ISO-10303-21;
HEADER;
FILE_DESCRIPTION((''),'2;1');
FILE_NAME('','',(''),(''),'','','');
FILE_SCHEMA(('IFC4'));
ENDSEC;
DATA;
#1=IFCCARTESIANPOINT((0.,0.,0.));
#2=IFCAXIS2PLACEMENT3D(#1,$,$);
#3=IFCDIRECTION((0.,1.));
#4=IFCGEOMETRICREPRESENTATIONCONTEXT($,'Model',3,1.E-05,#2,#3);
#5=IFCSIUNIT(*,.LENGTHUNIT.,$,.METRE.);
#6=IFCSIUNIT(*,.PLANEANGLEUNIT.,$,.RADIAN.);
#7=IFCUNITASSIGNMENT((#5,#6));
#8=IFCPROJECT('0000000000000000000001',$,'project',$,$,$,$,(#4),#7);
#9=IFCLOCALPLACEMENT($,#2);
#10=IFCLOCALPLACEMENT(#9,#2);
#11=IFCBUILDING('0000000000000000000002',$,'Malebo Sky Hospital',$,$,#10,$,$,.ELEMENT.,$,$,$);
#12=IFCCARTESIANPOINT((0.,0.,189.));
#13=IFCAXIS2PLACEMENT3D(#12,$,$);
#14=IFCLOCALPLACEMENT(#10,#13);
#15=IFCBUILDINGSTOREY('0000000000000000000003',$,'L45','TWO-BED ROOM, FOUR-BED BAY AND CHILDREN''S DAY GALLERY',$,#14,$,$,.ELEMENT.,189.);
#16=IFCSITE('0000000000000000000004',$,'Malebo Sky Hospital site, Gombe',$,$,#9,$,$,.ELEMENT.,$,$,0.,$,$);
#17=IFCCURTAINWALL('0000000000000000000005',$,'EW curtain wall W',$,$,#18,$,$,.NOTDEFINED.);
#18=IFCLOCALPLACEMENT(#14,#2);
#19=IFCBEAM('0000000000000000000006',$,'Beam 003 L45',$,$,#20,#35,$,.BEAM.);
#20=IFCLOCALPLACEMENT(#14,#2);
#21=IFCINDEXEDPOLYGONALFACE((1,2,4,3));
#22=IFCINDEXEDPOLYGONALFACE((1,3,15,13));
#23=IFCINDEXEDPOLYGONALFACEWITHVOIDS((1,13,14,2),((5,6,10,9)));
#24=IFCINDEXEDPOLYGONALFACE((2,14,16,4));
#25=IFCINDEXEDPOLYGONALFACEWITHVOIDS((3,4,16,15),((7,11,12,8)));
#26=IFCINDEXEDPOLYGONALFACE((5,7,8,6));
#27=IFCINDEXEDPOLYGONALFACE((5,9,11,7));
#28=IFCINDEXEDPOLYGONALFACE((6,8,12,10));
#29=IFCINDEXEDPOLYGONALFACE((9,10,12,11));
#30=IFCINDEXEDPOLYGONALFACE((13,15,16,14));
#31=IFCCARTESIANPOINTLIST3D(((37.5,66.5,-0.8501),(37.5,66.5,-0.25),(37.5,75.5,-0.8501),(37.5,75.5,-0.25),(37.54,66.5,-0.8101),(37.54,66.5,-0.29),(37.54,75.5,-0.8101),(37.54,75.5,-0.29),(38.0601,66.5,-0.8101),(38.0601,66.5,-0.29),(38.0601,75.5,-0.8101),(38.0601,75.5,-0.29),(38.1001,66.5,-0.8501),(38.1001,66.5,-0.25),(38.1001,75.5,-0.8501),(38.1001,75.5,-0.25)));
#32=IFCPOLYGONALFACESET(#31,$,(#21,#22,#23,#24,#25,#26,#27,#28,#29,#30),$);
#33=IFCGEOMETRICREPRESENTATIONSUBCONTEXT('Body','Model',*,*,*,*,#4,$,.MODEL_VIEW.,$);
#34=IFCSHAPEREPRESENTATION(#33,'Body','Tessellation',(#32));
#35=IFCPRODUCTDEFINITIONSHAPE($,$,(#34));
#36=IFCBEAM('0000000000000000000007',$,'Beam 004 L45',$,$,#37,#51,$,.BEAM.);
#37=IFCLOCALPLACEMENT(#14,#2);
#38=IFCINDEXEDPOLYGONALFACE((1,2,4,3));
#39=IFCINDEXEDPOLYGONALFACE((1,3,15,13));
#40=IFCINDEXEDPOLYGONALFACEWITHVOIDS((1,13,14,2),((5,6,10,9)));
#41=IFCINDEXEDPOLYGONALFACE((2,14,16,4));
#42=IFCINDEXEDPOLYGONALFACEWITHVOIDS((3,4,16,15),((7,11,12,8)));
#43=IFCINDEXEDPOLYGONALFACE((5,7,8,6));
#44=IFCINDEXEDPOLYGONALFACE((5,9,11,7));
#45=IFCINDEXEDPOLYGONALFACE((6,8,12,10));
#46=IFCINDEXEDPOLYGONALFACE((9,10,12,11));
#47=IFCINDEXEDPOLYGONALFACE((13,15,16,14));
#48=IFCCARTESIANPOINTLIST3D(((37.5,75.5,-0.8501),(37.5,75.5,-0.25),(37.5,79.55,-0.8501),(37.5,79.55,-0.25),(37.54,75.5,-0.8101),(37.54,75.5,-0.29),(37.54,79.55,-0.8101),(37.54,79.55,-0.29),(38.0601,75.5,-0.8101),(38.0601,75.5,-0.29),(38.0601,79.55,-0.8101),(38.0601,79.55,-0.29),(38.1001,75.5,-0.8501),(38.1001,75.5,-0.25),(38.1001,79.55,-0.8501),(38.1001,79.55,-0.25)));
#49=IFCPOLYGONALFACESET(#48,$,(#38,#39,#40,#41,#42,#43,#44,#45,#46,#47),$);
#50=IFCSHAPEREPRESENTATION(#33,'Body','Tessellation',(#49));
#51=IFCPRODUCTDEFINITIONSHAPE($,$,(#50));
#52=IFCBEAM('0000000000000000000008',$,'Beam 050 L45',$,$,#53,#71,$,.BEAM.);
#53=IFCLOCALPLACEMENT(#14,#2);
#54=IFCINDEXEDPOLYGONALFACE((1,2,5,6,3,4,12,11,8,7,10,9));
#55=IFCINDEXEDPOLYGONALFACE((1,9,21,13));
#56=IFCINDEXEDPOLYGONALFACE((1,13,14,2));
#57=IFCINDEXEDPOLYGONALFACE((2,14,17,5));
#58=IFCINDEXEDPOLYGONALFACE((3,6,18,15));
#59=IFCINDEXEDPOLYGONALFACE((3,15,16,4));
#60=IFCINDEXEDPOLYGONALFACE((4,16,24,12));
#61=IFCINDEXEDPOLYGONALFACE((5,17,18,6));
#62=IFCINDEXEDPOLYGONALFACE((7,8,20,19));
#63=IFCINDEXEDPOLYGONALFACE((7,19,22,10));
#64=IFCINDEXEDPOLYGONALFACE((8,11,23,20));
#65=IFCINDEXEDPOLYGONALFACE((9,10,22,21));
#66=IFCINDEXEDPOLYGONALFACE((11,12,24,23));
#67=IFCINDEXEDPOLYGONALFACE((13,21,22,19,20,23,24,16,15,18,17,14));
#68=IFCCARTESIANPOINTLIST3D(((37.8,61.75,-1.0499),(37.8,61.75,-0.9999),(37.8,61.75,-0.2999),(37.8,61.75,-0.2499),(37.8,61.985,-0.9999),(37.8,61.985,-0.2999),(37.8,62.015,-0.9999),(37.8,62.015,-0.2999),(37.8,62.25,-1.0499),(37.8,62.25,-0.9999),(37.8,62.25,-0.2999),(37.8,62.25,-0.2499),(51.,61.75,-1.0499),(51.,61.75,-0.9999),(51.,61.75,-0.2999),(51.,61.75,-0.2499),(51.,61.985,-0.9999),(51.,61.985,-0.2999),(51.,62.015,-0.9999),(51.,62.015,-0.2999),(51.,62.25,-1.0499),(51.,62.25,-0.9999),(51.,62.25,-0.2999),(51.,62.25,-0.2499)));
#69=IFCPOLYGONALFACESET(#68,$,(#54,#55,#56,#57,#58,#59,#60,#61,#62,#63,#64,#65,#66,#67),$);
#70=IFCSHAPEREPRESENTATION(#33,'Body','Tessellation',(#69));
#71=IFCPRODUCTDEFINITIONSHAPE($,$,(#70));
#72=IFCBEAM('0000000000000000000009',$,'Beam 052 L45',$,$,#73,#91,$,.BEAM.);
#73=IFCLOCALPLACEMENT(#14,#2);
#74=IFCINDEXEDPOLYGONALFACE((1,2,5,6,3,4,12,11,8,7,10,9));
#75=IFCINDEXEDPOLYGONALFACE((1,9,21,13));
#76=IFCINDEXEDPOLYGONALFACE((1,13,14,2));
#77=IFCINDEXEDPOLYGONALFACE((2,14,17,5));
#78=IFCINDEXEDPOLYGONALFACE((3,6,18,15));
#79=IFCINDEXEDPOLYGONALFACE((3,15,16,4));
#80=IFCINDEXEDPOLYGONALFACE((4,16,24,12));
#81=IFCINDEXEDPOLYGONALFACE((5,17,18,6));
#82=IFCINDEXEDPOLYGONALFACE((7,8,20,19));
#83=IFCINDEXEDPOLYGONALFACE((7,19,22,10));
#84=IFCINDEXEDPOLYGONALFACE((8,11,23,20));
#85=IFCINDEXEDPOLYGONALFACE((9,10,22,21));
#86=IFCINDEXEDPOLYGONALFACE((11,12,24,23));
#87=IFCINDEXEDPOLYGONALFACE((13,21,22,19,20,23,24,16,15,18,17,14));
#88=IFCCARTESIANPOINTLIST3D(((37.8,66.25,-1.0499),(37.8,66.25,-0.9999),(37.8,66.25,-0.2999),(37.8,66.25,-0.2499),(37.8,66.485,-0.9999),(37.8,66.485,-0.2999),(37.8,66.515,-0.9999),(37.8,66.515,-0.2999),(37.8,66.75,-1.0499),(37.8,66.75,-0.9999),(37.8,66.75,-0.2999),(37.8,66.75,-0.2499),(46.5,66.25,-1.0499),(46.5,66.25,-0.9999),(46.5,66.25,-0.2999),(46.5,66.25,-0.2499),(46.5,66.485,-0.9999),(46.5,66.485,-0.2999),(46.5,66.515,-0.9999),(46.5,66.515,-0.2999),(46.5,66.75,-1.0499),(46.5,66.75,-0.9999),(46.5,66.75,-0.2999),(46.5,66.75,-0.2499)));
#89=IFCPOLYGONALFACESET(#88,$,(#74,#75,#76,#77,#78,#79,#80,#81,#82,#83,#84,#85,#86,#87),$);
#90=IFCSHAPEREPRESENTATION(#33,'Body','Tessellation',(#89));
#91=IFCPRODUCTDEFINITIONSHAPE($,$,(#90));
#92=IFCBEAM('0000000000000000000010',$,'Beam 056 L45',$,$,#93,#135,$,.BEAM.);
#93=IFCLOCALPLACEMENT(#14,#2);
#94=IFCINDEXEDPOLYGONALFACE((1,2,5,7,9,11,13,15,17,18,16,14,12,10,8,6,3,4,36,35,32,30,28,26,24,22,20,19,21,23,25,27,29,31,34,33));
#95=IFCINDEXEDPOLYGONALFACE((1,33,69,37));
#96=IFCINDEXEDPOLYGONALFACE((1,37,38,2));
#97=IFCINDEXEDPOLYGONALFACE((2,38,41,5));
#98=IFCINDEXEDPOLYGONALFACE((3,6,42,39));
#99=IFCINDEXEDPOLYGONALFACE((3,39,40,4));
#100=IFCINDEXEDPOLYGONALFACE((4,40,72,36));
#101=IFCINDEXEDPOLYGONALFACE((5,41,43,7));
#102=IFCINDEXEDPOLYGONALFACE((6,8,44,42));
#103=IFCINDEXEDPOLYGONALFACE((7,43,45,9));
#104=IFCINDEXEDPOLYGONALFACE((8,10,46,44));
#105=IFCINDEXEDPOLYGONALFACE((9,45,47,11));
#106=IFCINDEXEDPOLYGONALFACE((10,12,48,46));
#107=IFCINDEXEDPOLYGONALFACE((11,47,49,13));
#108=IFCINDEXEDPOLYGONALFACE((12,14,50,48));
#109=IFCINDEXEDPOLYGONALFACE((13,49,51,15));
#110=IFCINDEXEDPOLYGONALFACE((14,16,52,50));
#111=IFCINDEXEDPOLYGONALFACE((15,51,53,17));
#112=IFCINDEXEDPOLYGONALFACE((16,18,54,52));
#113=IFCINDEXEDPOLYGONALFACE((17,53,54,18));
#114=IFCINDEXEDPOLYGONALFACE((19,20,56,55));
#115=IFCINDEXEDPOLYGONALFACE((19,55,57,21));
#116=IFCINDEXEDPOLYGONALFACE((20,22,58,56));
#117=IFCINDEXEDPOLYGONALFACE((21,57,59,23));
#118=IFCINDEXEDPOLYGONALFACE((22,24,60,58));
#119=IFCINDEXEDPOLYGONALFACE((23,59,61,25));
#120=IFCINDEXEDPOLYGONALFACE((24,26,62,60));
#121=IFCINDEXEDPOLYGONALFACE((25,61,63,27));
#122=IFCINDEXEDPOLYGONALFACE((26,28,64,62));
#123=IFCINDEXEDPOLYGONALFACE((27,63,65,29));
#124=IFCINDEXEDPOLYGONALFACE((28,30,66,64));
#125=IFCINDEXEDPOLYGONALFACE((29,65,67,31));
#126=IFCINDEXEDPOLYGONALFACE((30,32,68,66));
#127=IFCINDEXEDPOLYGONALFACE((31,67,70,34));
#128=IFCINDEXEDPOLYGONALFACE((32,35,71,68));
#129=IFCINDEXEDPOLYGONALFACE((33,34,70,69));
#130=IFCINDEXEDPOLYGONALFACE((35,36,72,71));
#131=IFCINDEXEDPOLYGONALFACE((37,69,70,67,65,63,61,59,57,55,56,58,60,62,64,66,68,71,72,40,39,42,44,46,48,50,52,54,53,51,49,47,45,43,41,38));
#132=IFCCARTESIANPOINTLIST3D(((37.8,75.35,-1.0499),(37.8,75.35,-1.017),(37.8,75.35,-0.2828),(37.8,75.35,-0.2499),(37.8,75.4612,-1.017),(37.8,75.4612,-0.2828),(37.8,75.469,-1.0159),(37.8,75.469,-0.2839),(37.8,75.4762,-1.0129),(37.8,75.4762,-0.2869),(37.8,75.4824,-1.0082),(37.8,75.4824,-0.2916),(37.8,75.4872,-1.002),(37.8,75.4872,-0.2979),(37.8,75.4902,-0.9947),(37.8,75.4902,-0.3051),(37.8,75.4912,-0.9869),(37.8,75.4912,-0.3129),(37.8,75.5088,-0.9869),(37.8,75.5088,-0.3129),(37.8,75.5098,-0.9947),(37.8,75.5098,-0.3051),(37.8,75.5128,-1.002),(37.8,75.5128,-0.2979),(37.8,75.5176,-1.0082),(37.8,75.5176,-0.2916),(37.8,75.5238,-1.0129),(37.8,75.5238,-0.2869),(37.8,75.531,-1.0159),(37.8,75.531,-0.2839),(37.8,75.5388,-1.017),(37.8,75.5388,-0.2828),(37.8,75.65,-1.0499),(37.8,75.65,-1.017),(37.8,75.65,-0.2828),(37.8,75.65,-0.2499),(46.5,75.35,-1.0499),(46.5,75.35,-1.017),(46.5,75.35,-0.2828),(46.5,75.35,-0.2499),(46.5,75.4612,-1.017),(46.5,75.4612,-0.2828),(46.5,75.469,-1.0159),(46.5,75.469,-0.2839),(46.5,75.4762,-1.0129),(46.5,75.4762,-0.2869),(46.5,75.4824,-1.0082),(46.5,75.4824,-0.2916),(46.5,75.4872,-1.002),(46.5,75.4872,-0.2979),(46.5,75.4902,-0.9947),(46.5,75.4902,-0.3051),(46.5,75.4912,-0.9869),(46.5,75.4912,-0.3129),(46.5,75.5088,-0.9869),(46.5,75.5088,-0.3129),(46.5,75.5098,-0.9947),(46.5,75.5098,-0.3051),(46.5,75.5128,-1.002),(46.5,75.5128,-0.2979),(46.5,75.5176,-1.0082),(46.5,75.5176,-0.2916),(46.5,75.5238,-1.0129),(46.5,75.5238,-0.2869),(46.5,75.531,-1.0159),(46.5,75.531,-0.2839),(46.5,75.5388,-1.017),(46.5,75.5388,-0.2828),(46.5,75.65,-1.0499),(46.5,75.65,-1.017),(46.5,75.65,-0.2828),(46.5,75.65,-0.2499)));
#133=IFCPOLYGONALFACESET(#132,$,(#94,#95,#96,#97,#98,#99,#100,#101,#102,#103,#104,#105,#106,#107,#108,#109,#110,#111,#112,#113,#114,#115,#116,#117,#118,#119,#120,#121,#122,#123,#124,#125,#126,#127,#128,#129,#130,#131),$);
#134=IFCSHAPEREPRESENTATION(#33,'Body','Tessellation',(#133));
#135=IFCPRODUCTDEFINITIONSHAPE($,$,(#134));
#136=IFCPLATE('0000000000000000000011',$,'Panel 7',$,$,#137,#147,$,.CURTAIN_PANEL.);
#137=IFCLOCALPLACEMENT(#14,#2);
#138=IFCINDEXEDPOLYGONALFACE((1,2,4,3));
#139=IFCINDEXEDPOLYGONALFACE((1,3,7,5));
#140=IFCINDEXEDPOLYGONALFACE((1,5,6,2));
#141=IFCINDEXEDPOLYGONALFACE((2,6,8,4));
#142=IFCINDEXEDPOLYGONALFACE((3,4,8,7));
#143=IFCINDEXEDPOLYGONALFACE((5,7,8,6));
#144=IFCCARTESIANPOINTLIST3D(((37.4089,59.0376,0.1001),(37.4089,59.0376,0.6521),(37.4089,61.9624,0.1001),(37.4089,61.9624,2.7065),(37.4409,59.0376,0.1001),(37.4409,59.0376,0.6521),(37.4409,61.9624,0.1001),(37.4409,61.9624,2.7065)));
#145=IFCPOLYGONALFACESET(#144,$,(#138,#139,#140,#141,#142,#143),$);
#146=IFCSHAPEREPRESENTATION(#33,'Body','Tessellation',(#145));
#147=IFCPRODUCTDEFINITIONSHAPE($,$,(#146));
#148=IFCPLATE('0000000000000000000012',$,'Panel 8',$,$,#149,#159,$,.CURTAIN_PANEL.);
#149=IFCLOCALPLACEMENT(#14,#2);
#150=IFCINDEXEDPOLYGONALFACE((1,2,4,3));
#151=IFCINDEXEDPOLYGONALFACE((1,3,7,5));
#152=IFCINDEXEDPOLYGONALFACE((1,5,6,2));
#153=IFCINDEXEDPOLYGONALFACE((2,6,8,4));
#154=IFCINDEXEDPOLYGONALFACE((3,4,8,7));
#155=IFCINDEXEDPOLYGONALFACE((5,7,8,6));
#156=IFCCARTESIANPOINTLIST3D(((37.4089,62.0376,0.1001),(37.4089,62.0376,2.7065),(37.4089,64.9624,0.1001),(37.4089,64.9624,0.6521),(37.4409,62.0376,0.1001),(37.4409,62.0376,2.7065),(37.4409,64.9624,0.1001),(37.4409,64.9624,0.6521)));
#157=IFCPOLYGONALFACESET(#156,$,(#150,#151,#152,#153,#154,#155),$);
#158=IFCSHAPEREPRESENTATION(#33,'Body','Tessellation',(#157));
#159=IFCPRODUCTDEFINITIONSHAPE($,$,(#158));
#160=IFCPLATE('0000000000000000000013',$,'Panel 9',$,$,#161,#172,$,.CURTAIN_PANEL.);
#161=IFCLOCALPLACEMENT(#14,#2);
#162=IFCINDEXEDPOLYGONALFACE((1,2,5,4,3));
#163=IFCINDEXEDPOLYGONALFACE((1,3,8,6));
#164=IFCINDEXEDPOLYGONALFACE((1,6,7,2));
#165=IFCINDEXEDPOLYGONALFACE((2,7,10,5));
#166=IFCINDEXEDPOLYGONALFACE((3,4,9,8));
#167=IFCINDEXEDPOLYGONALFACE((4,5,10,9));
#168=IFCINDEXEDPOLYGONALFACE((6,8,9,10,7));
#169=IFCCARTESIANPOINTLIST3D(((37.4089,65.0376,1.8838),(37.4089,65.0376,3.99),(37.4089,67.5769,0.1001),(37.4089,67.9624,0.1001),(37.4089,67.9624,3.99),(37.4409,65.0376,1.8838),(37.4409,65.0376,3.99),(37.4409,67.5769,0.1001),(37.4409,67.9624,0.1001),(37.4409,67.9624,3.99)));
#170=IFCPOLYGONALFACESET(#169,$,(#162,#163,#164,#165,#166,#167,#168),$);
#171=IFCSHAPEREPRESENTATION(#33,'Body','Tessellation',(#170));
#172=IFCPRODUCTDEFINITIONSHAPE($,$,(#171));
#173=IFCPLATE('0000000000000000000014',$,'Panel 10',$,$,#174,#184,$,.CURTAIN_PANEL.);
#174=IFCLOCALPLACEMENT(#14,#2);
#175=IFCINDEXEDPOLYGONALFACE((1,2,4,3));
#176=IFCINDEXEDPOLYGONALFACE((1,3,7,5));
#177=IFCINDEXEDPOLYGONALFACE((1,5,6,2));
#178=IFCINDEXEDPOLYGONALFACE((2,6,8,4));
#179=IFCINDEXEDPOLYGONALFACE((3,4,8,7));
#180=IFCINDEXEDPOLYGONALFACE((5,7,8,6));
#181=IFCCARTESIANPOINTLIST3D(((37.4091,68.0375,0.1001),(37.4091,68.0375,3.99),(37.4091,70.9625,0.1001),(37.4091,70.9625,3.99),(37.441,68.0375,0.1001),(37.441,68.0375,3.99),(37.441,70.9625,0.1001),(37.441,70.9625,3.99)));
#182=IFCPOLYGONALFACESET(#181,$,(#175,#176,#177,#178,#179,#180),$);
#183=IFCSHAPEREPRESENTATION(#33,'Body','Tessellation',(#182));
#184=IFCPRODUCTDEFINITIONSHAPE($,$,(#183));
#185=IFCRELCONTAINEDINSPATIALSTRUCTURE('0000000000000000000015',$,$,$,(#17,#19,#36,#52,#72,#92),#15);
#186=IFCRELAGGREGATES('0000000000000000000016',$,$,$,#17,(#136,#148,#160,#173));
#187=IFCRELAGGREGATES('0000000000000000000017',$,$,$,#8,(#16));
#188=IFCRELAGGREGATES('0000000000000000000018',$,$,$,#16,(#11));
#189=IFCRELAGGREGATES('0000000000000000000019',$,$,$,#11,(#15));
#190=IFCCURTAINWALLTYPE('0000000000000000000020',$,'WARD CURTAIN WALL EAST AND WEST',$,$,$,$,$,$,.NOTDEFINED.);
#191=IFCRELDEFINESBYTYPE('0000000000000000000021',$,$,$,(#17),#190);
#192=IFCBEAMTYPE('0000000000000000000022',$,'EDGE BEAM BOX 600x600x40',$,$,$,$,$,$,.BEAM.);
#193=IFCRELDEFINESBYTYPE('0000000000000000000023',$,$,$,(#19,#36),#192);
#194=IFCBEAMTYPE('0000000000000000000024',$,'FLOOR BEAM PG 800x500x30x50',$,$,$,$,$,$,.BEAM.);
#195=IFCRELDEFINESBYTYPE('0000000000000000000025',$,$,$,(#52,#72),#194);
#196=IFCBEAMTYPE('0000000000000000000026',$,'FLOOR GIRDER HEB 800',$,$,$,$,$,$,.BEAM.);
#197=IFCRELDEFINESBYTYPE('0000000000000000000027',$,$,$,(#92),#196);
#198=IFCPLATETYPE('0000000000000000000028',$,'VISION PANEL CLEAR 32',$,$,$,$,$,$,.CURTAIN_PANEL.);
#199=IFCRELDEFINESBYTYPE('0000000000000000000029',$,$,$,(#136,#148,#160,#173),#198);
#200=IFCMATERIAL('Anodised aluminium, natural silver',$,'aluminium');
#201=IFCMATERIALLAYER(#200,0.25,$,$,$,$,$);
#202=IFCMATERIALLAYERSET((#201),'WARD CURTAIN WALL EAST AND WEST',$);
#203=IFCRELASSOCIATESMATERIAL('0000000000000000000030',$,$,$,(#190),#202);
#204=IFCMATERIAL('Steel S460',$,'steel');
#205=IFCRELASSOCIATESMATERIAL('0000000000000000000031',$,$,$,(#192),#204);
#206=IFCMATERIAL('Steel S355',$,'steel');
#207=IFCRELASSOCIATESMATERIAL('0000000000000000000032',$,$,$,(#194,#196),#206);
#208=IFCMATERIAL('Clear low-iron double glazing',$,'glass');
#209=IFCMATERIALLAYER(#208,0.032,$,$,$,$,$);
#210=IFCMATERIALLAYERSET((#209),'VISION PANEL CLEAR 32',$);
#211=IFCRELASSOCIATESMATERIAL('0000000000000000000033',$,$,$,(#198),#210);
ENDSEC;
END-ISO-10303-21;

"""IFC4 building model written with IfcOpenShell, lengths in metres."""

from ifc_helpers import new_model, si_unit, direction, frame, origin, origin_2d, place, context, subcontext, project, spatial, polyline, rectangle, hollow_rectangle, i_section, outline, extrude, material, layer, layer_set, material_profile, profile_set, type_object, element, aggregate, save


model = new_model("IFC4")

# Units and contexts
model_context = context("Model", 3, precision=1e-05, world=origin(), true_north=direction((0.0, 1.0)))
body_context = subcontext(model_context, "Body", "Model", "MODEL_VIEW")
ifc_project = project(units=[si_unit("LENGTHUNIT", "METRE"), si_unit("PLANEANGLEUNIT", "RADIAN")], contexts=[model_context])

# Site, building, storey
site_placement = place(None, origin())
site = spatial("IfcSite", under=ifc_project, at=site_placement, Name="Malebo Sky Hospital site, Gombe", CompositionType="ELEMENT", RefElevation=0.0)
building_placement = place(site_placement, origin())
building = spatial("IfcBuilding", under=site, at=building_placement, Name="Malebo Sky Hospital", CompositionType="ELEMENT")
storey_placement = place(building_placement, frame((0.0, 0.0, 189.0)))
storey = spatial("IfcBuildingStorey", under=building, at=storey_placement, Name="L45", Description="TWO-BED ROOM, FOUR-BED BAY AND CHILDREN'S DAY GALLERY", CompositionType="ELEMENT", Elevation=189.0)

# Shared definitions
ifc_material_1 = material(Name="Steel S460", Category="steel")

# Curtain wall
ifc_material_2 = material(Name="Anodised aluminium, natural silver", Category="aluminium")
ifc_layer_1 = layer(ifc_material_2, 0.25)
ifc_layer_set_1 = layer_set([ifc_layer_1], Name="WARD CURTAIN WALL EAST AND WEST")
curtain_wall_type = type_object("IfcCurtainWallType", Name="WARD CURTAIN WALL EAST AND WEST", PredefinedType="NOTDEFINED", material=ifc_layer_set_1)
curtain_wall_placement = place(storey_placement, origin())
curtain_wall = element("IfcCurtainWall", 1, at=curtain_wall_placement, inside=storey, type_object=curtain_wall_type, Name="EW curtain wall W", PredefinedType="NOTDEFINED")

# Shared definitions
ifc_material_3 = material(Name="Steel S355", Category="steel")

# Beams
ifc_material_profile_1 = material_profile(ifc_material_1, hollow_rectangle(XDim=0.6001, YDim=0.6001, WallThickness=0.04, at=origin_2d()), Name="BOX 600x600x40")
ifc_profile_set_1 = profile_set([ifc_material_profile_1], Name="Steel S460")
beam_type_1 = type_object("IfcBeamType", Name="EDGE BEAM BOX 600x600x40", PredefinedType="BEAM", material=ifc_profile_set_1)
beam_1_placement = place(storey_placement, frame((37.8, 66.5, -0.55), z_axis=(0.0, 1.0, 0.0), x_axis=(-1.0, 0.0, 0.0)))
element("IfcBeam", 2, at=beam_1_placement, inside=storey, type_object=beam_type_1, Name="Beam 003 L45", PredefinedType="BEAM", context=body_context, shape_type="SweptSolid", body=[
    extrude(hollow_rectangle(XDim=0.6001, YDim=0.6001, WallThickness=0.04, at=origin_2d()), origin(), (0.0, 0.0, 1.0), 9.0),
])
beam_2_placement = place(storey_placement, frame((37.8, 75.5, -0.55), z_axis=(0.0, 1.0, 0.0), x_axis=(-1.0, 0.0, 0.0)))
element("IfcBeam", 3, at=beam_2_placement, inside=storey, type_object=beam_type_1, Name="Beam 004 L45", PredefinedType="BEAM", context=body_context, shape_type="SweptSolid", body=[
    extrude(hollow_rectangle(XDim=0.6001, YDim=0.6001, WallThickness=0.04, at=origin_2d()), origin(), (0.0, 0.0, 1.0), 4.05),
])
ifc_material_profile_2 = material_profile(ifc_material_3, i_section(OverallWidth=0.5, OverallDepth=0.8, WebThickness=0.03, FlangeThickness=0.05, at=origin_2d()), Name="PG 800x500x30x50")
ifc_profile_set_2 = profile_set([ifc_material_profile_2], Name="Steel S355")
beam_type_2 = type_object("IfcBeamType", Name="FLOOR BEAM PG 800x500x30x50", PredefinedType="BEAM", material=ifc_profile_set_2)
beam_3_placement = place(storey_placement, frame((37.8, 62.0, -0.6499), z_axis=(1.0, 0.0, 0.0), x_axis=(0.0, 1.0, 0.0)))
element("IfcBeam", 4, at=beam_3_placement, inside=storey, type_object=beam_type_2, Name="Beam 050 L45", PredefinedType="BEAM", context=body_context, shape_type="SweptSolid", body=[
    extrude(i_section(OverallWidth=0.5, OverallDepth=0.8, WebThickness=0.03, FlangeThickness=0.05, at=origin_2d()), origin(), (0.0, 0.0, 1.0), 13.2),
])
beam_4_placement = place(storey_placement, frame((37.8, 66.5, -0.6499), z_axis=(1.0, 0.0, 0.0), x_axis=(0.0, 1.0, 0.0)))
element("IfcBeam", 5, at=beam_4_placement, inside=storey, type_object=beam_type_2, Name="Beam 052 L45", PredefinedType="BEAM", context=body_context, shape_type="SweptSolid", body=[
    extrude(i_section(OverallWidth=0.5, OverallDepth=0.8, WebThickness=0.03, FlangeThickness=0.05, at=origin_2d()), origin(), (0.0, 0.0, 1.0), 8.7),
])
ifc_material_profile_3 = material_profile(ifc_material_3, i_section(OverallWidth=0.3, OverallDepth=0.8, WebThickness=0.0176, FlangeThickness=0.033, FilletRadius=0.03, at=origin_2d()), Name="HEB 800")
ifc_profile_set_3 = profile_set([ifc_material_profile_3], Name="Steel S355")
beam_type_3 = type_object("IfcBeamType", Name="FLOOR GIRDER HEB 800", PredefinedType="BEAM", material=ifc_profile_set_3)
beam_5_placement = place(storey_placement, frame((37.8, 75.5, -0.6499), z_axis=(1.0, 0.0, 0.0), x_axis=(0.0, 1.0, 0.0)))
element("IfcBeam", 6, at=beam_5_placement, inside=storey, type_object=beam_type_3, Name="Beam 056 L45", PredefinedType="BEAM", context=body_context, shape_type="SweptSolid", body=[
    extrude(i_section(OverallWidth=0.3, OverallDepth=0.8, WebThickness=0.0176, FlangeThickness=0.033, FilletRadius=0.03, at=origin_2d()), origin(), (0.0, 0.0, 1.0), 8.7),
])

# Plates
ifc_material_4 = material(Name="Clear low-iron double glazing", Category="glass")
ifc_layer_2 = layer(ifc_material_4, 0.032)
ifc_layer_set_2 = layer_set([ifc_layer_2], Name="VISION PANEL CLEAR 32")
plate_type = type_object("IfcPlateType", Name="VISION PANEL CLEAR 32", PredefinedType="CURTAIN_PANEL", material=ifc_layer_set_2)
plate_1_placement = place(storey_placement, frame((37.425, 60.5, 0.1001), z_axis=(0.0, 0.0, 1.0), x_axis=(0.0, 1.0, 0.0)))
plate_1 = element("IfcPlate", 7, at=plate_1_placement, type_object=plate_type, Name="Panel 7", PredefinedType="CURTAIN_PANEL", context=body_context, shape_type="SweptSolid", body=[
    extrude(outline(polyline([(-1.4624, 0.0), (1.4624, 0.0), (1.4624, 2.6064), (-1.4624, 0.552), (-1.4624, 0.0)])), frame((0.0, 0.0161, 0.0), z_axis=(0.0, -1.0, 0.0), x_axis=(1.0, 0.0, 0.0)), (0.0, 0.0, 1.0), 0.032),
])
plate_2_placement = place(storey_placement, frame((37.425, 63.5, 0.1001), z_axis=(0.0, 0.0, 1.0), x_axis=(0.0, 1.0, 0.0)))
plate_2 = element("IfcPlate", 8, at=plate_2_placement, type_object=plate_type, Name="Panel 8", PredefinedType="CURTAIN_PANEL", context=body_context, shape_type="SweptSolid", body=[
    extrude(outline(polyline([(-1.4624, 0.0), (1.4624, 0.0), (1.4624, 0.552), (-1.4624, 2.6064), (-1.4624, 0.0)])), frame((0.0, 0.0161, 0.0), z_axis=(0.0, -1.0, 0.0), x_axis=(1.0, 0.0, 0.0)), (0.0, 0.0, 1.0), 0.032),
])
plate_3_placement = place(storey_placement, frame((37.425, 66.5, 0.1001), z_axis=(0.0, 0.0, 1.0), x_axis=(0.0, 1.0, 0.0)))
plate_3 = element("IfcPlate", 9, at=plate_3_placement, type_object=plate_type, Name="Panel 9", PredefinedType="CURTAIN_PANEL", context=body_context, shape_type="SweptSolid", body=[
    extrude(outline(polyline([(1.0769, 0.0), (1.4624, 0.0), (1.4624, 3.8899), (-1.4624, 3.8899), (-1.4624, 1.7837), (1.0769, 0.0)])), frame((0.0, 0.0161, 0.0), z_axis=(0.0, -1.0, 0.0), x_axis=(1.0, 0.0, 0.0)), (0.0, 0.0, 1.0), 0.032),
])
plate_4_placement = place(storey_placement, frame((37.425, 69.5, 0.1001), z_axis=(0.0, 0.0, 1.0), x_axis=(0.0, 1.0, 0.0)))
plate_4 = element("IfcPlate", 10, at=plate_4_placement, type_object=plate_type, Name="Panel 10", PredefinedType="CURTAIN_PANEL", context=body_context, shape_type="SweptSolid", body=[
    extrude(rectangle(XDim=2.925, YDim=0.032, at=origin_2d()), origin(), (0.0, 0.0, 1.0), 3.8899),
])
aggregate(curtain_wall, [plate_1, plate_2, plate_3, plate_4])

save(model, "model.ifc")
